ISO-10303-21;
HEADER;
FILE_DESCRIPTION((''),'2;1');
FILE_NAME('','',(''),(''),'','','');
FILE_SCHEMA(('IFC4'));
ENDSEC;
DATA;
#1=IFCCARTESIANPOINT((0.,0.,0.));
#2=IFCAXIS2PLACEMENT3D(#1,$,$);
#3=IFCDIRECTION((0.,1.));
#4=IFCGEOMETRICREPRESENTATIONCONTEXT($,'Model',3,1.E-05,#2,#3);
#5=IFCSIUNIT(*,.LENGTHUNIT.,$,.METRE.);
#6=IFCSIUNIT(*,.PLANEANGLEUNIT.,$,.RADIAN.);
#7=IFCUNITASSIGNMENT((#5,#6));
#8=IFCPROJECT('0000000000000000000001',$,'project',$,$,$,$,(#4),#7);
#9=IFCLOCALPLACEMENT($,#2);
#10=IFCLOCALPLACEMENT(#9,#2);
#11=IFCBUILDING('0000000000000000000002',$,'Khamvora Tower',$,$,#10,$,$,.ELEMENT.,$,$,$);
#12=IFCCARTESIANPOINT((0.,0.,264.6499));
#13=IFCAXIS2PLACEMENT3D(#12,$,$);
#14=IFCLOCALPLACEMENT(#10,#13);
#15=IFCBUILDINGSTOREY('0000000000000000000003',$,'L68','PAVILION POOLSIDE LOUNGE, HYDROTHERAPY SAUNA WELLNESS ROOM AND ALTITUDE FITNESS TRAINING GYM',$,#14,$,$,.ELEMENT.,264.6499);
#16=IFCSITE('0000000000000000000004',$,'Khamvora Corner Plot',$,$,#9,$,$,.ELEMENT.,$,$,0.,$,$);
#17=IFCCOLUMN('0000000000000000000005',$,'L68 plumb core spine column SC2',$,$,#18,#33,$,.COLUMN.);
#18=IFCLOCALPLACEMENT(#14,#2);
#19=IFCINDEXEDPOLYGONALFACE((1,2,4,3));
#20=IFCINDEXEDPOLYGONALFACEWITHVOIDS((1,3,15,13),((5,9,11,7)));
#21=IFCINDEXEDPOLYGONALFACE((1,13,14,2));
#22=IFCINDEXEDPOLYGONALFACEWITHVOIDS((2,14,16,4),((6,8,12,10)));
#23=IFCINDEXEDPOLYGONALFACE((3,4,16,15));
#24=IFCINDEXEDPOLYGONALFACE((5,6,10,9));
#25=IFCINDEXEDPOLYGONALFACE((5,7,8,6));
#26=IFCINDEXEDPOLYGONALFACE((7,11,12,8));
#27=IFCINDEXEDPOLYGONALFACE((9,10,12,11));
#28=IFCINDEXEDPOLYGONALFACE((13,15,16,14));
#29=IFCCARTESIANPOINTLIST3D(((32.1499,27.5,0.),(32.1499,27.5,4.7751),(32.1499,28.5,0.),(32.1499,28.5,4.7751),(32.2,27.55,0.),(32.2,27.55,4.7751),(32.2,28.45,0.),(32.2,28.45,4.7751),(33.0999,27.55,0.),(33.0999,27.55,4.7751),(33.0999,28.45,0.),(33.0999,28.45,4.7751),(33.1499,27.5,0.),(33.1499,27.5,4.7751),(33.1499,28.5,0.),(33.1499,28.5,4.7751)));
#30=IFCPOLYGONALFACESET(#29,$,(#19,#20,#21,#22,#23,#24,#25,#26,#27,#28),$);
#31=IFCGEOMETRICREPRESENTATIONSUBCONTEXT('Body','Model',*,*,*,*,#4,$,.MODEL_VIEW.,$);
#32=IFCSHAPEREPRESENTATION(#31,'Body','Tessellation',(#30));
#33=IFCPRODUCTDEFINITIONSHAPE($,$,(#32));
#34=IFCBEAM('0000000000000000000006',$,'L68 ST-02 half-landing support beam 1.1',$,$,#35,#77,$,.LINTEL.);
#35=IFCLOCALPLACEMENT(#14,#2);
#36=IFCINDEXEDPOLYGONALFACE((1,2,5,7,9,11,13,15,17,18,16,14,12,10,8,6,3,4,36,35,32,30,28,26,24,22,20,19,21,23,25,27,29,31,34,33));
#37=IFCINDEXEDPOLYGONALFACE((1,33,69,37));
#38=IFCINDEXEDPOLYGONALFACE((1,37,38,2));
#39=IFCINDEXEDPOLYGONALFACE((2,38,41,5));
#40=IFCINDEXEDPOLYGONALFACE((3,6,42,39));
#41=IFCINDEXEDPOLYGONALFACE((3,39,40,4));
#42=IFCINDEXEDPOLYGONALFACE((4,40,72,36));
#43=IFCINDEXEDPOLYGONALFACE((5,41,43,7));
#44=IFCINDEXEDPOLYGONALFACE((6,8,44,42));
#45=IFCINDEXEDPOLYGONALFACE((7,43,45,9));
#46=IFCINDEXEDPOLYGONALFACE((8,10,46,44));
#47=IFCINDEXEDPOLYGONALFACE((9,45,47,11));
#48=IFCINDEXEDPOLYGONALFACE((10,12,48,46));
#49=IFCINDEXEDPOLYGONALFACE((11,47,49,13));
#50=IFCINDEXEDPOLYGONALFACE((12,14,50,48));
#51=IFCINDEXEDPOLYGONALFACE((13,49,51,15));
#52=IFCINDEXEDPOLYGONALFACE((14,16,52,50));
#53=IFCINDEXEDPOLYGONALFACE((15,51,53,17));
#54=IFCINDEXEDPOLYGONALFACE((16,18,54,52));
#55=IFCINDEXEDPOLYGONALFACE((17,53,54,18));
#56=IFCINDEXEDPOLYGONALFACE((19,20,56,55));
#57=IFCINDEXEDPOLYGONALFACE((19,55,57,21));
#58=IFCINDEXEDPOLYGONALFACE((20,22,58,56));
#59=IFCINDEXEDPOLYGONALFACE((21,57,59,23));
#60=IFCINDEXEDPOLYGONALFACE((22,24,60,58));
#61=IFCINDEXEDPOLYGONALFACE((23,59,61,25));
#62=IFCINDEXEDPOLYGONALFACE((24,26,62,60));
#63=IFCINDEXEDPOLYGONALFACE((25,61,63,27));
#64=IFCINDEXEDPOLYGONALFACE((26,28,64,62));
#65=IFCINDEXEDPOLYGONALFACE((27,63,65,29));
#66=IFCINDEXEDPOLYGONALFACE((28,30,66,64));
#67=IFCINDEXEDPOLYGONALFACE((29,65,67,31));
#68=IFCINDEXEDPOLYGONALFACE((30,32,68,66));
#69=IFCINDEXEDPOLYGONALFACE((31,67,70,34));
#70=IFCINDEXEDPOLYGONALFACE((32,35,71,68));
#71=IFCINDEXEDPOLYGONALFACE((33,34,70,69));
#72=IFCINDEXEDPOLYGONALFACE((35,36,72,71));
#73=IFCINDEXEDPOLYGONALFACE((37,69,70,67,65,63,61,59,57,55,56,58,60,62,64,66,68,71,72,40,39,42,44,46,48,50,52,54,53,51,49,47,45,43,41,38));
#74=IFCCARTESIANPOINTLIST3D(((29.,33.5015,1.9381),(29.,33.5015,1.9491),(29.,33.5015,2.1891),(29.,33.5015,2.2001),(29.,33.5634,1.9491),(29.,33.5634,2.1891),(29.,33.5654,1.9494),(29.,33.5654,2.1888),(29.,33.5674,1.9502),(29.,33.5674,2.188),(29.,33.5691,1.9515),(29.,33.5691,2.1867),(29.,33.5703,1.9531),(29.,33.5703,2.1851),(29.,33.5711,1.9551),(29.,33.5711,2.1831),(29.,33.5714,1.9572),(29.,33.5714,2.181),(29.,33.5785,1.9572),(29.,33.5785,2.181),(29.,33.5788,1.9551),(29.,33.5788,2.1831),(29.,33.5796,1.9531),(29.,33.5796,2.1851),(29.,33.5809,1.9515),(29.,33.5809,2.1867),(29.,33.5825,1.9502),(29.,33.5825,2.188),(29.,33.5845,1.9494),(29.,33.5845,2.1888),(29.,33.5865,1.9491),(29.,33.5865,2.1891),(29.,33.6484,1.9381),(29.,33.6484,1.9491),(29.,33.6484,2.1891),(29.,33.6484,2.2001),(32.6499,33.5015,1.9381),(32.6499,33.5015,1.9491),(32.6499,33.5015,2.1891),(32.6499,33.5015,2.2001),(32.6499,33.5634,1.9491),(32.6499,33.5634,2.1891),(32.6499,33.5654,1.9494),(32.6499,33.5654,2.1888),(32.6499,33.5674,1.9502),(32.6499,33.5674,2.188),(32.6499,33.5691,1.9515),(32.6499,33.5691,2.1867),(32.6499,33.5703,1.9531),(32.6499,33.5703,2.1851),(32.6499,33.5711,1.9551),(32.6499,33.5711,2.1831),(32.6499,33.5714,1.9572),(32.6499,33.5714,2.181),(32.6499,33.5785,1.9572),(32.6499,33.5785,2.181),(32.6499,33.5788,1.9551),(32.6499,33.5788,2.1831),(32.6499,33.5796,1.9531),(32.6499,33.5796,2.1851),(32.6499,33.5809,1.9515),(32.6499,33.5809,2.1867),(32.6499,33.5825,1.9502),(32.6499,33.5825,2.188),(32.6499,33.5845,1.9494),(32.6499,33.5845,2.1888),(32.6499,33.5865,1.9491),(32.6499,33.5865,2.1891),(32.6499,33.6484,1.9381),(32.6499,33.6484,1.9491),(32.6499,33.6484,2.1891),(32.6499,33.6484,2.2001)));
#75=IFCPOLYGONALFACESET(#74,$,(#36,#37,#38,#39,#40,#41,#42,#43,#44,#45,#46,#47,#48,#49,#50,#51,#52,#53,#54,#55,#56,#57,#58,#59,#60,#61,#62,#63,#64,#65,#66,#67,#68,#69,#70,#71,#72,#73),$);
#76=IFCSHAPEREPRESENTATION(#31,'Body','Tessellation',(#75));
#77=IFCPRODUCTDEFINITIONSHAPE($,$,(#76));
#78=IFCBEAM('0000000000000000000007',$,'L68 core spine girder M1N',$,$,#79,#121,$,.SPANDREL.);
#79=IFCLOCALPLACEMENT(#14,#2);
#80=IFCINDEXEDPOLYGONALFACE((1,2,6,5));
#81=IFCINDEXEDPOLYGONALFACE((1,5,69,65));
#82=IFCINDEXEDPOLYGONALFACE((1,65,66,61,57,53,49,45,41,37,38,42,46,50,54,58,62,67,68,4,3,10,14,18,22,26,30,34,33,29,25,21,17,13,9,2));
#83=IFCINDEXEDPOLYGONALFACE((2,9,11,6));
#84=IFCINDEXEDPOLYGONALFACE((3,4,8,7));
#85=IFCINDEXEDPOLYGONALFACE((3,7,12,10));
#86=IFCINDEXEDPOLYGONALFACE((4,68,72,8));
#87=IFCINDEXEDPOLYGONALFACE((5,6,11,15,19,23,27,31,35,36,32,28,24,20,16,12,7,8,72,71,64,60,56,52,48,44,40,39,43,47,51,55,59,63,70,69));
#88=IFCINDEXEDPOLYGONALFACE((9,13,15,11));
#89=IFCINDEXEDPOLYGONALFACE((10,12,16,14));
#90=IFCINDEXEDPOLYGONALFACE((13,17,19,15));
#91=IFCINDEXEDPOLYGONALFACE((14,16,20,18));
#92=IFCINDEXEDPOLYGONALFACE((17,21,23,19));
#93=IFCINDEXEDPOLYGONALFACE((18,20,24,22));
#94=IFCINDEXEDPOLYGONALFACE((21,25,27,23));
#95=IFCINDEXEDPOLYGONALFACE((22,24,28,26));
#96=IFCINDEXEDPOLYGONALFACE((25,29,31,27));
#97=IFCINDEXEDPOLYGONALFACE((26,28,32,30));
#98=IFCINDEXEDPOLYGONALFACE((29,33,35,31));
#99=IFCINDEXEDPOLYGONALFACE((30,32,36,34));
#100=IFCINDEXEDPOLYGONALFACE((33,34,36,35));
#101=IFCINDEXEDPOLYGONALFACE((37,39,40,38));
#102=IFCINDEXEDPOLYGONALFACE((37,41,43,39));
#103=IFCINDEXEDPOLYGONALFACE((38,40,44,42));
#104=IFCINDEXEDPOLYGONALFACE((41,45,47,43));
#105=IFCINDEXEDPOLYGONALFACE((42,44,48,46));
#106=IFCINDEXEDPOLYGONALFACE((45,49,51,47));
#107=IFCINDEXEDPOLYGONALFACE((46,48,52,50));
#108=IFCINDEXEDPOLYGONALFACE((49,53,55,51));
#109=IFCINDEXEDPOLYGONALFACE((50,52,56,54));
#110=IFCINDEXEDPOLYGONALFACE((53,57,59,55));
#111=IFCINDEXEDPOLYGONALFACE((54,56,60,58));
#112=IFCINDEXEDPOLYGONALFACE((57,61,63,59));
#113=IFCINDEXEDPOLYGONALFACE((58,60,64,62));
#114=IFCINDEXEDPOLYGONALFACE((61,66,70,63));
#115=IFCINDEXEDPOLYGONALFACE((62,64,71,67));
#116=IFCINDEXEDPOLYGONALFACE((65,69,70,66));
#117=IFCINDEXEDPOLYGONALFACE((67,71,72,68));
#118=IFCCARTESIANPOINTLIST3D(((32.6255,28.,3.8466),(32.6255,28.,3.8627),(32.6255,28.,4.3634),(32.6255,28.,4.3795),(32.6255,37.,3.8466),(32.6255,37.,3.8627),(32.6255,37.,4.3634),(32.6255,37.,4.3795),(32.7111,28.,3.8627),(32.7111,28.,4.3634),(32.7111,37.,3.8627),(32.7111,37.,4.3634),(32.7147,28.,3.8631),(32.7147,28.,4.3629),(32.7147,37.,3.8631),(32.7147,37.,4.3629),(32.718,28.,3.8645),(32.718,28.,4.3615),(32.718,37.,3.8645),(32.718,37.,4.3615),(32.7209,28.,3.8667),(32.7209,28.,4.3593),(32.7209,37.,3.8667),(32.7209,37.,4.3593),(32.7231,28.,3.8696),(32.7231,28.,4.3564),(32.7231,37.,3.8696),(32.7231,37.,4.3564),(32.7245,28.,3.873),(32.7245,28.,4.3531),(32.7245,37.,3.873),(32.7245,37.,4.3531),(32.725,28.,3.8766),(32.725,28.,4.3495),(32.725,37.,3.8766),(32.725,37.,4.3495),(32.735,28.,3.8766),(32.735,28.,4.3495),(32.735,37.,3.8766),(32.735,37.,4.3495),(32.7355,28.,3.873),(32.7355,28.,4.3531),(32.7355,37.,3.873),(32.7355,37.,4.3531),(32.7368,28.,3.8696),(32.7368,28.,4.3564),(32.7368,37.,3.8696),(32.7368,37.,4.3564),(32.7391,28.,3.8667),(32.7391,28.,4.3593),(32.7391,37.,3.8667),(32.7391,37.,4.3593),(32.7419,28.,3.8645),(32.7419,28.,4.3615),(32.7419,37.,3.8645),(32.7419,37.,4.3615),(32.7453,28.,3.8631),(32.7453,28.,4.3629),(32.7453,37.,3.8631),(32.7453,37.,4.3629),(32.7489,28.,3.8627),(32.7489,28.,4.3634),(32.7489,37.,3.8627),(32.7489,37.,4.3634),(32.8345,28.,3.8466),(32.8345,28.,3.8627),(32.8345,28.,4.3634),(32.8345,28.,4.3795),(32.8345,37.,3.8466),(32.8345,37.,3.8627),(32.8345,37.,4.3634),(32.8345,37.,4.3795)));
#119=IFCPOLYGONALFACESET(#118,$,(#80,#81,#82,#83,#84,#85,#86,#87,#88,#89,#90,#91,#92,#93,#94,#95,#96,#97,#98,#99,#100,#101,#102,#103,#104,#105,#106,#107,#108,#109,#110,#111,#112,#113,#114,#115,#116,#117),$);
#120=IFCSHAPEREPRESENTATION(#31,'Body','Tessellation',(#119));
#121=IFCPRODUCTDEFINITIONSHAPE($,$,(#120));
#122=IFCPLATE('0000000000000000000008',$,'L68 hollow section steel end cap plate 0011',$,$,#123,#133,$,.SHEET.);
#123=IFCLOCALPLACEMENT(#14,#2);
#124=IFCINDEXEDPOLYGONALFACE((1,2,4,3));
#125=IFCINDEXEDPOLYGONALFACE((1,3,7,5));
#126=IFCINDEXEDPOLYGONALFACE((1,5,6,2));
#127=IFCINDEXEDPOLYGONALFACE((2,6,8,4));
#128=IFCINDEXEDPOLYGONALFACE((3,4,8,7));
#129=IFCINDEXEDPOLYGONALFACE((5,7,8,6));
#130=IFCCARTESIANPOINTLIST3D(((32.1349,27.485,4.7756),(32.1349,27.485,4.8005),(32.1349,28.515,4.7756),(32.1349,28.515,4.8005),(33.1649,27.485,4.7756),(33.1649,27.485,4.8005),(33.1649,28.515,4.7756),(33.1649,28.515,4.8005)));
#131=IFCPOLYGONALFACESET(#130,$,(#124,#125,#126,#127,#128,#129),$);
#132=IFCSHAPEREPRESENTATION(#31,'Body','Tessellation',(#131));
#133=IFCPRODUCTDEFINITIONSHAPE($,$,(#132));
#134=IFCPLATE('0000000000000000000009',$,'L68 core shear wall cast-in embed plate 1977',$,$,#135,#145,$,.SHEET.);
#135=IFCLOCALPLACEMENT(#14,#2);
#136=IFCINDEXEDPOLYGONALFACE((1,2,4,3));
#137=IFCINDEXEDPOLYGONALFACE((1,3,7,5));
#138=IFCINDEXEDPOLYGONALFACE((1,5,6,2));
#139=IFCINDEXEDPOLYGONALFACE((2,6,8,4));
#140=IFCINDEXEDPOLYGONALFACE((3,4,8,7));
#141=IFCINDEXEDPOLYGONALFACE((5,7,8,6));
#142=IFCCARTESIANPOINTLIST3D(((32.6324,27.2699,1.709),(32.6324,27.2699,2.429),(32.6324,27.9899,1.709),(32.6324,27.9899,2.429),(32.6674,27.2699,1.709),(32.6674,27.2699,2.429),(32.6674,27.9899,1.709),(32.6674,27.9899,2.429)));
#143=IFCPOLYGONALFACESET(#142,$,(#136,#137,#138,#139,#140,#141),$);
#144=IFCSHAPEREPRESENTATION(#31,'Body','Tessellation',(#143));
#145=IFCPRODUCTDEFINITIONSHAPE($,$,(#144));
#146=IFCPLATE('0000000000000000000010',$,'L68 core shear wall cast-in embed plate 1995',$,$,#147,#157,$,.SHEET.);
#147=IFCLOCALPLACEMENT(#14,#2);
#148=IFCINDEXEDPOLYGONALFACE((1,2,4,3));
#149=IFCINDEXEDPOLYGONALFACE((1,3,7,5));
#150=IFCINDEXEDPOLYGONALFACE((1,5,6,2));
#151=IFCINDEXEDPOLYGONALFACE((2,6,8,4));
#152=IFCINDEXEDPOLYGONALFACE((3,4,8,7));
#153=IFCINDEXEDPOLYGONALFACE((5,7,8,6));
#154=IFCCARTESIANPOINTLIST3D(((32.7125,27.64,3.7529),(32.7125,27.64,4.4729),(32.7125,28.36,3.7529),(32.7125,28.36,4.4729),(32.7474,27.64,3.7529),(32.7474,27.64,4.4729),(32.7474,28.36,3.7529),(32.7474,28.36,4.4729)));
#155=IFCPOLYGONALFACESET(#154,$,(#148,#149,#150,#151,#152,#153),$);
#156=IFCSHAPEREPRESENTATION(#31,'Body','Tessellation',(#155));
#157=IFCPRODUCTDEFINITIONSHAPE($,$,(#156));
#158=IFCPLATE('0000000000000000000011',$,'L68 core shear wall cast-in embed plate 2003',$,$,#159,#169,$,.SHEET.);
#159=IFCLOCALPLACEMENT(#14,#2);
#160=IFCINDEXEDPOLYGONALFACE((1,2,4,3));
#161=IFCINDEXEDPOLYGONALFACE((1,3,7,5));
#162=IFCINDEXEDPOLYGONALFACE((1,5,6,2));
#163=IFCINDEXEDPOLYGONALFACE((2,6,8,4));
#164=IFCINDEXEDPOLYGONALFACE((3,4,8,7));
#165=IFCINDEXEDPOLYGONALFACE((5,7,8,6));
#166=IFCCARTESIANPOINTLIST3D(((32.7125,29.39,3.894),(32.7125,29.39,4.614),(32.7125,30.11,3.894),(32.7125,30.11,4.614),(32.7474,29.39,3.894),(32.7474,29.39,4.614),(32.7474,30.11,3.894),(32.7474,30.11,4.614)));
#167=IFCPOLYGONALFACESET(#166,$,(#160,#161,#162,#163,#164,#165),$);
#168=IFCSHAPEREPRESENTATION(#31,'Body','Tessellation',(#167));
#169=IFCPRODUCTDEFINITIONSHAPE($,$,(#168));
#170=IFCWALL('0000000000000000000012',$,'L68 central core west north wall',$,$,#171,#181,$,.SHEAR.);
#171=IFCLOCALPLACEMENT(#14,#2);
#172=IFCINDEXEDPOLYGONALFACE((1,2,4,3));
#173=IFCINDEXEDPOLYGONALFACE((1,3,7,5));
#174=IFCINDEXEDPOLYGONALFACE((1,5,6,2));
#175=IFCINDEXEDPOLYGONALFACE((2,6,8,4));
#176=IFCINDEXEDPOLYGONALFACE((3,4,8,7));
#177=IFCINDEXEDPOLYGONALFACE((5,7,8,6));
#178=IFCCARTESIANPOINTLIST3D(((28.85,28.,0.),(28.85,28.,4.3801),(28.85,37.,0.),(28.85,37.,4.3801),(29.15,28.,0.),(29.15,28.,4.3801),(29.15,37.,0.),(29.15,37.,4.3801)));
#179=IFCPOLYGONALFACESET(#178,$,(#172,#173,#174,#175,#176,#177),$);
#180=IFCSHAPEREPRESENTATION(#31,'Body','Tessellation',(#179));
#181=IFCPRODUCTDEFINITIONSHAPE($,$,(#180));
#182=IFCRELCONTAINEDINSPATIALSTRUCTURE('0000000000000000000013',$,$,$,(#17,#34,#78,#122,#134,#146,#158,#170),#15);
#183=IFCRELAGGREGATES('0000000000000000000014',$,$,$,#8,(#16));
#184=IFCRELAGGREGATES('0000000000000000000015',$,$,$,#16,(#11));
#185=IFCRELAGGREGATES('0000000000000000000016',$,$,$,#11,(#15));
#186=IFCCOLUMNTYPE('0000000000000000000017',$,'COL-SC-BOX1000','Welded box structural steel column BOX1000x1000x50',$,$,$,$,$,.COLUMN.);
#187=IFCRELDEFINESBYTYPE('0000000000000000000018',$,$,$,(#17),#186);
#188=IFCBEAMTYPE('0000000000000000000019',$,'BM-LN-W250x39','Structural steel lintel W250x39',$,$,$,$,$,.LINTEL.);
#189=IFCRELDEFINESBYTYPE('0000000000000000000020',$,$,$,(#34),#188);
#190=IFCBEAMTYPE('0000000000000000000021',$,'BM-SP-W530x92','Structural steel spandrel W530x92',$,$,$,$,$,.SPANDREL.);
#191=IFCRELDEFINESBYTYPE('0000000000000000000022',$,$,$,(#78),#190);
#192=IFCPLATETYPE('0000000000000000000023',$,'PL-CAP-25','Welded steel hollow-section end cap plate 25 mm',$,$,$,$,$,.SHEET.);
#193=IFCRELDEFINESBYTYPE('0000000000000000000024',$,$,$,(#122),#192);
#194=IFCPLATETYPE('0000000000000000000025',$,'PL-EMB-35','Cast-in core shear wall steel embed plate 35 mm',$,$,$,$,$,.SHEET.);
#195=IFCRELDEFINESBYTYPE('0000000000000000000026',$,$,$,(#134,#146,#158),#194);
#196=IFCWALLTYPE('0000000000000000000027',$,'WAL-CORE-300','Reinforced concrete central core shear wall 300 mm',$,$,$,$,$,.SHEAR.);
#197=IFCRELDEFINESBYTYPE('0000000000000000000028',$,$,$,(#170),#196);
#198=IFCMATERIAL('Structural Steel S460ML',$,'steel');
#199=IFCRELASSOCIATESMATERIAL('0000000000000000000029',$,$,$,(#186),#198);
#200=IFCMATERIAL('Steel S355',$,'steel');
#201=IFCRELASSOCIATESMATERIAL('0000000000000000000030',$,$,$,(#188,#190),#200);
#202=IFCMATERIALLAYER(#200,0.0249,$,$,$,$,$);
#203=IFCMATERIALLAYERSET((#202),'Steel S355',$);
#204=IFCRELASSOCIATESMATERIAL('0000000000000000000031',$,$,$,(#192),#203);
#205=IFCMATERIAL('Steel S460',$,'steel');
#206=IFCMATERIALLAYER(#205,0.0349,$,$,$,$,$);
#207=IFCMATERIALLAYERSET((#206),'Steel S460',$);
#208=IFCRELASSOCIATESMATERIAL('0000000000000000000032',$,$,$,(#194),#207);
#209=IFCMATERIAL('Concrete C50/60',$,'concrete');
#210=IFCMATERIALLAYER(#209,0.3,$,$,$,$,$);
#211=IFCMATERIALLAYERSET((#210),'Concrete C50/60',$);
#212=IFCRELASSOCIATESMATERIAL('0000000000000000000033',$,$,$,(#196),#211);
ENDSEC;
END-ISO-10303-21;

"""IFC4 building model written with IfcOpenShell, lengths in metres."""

from ifc_helpers import new_model, si_unit, direction, frame, frame_2d, origin, origin_2d, place, context, subcontext, project, spatial, rectangle, hollow_rectangle, i_section, extrude, material, layer, layer_set, material_profile, profile_set, type_object, element, save


model = new_model("IFC4")

# Units and contexts
model_context = context("Model", 3, precision=1e-05, world=origin(), true_north=direction((0.0, 1.0)))
body_context = subcontext(model_context, "Body", "Model", "MODEL_VIEW")
ifc_project = project(units=[si_unit("LENGTHUNIT", "METRE"), si_unit("PLANEANGLEUNIT", "RADIAN")], contexts=[model_context])

# Site, building, storey
site_placement = place(None, origin())
site = spatial("IfcSite", under=ifc_project, at=site_placement, Name="Khamvora Corner Plot", CompositionType="ELEMENT", RefElevation=0.0)
building_placement = place(site_placement, origin())
building = spatial("IfcBuilding", under=site, at=building_placement, Name="Khamvora Tower", CompositionType="ELEMENT")
storey_placement = place(building_placement, frame((0.0, 0.0, 264.6499)))
storey = spatial("IfcBuildingStorey", under=building, at=storey_placement, Name="L68", Description="PAVILION POOLSIDE LOUNGE, HYDROTHERAPY SAUNA WELLNESS ROOM AND ALTITUDE FITNESS TRAINING GYM", CompositionType="ELEMENT", Elevation=264.6499)

# Column
ifc_material_1 = material(Name="Structural Steel S460ML", Category="steel")
ifc_material_profile_1 = material_profile(ifc_material_1, hollow_rectangle(XDim=1.0, YDim=1.0, WallThickness=0.05, at=origin_2d()), Name="BOX1000x1000x50")
ifc_profile_set_1 = profile_set([ifc_material_profile_1], Name="Structural Steel S460ML")
column_type = type_object("IfcColumnType", Name="COL-SC-BOX1000", Description="Welded box structural steel column BOX1000x1000x50", PredefinedType="COLUMN", material=ifc_profile_set_1)
column_placement = place(storey_placement, frame((32.6499, 28.0, 0.0), z_axis=(0.0, 0.0, 1.0), x_axis=(1.0, 0.0, 0.0)))
element("IfcColumn", 1, at=column_placement, inside=storey, type_object=column_type, Name="L68 plumb core spine column SC2", PredefinedType="COLUMN", context=body_context, shape_type="SweptSolid", body=[
    extrude(hollow_rectangle(XDim=1.0, YDim=1.0, WallThickness=0.05, at=origin_2d()), origin(), (0.0, 0.0, 1.0), 4.7751),
])

# Beams
ifc_material_2 = material(Name="Steel S355", Category="steel")
ifc_material_profile_2 = material_profile(ifc_material_2, i_section(OverallWidth=0.147, OverallDepth=0.262, WebThickness=0.0071, FlangeThickness=0.011, FilletRadius=0.0081, at=origin_2d()), Name="W250x39")
ifc_profile_set_2 = profile_set([ifc_material_profile_2], Name="Steel S355")
beam_type_1 = type_object("IfcBeamType", Name="BM-LN-W250x39", Description="Structural steel lintel W250x39", PredefinedType="LINTEL", material=ifc_profile_set_2)
beam_1_placement = place(storey_placement, frame((29.0, 33.575, 2.0691), z_axis=(1.0, 0.0, 0.0), x_axis=(0.0, 1.0, 0.0)))
element("IfcBeam", 2, at=beam_1_placement, inside=storey, type_object=beam_type_1, Name="L68 ST-02 half-landing support beam 1.1", PredefinedType="LINTEL", context=body_context, shape_type="SweptSolid", body=[
    extrude(i_section(OverallWidth=0.147, OverallDepth=0.262, WebThickness=0.0071, FlangeThickness=0.011, FilletRadius=0.0081, at=origin_2d()), origin(), (0.0, 0.0, 1.0), 3.6499),
])
ifc_material_profile_3 = material_profile(ifc_material_2, i_section(OverallWidth=0.209, OverallDepth=0.533, WebThickness=0.01, FlangeThickness=0.0161, FilletRadius=0.0139, at=origin_2d()), Name="W530x92")
ifc_profile_set_3 = profile_set([ifc_material_profile_3], Name="Steel S355")
beam_type_2 = type_object("IfcBeamType", Name="BM-SP-W530x92", Description="Structural steel spandrel W530x92", PredefinedType="SPANDREL", material=ifc_profile_set_3)
beam_2_placement = place(storey_placement, frame((32.73, 28.0, 4.113), z_axis=(0.0, 1.0, 0.0), x_axis=(-1.0, 0.0, 0.0)))
element("IfcBeam", 3, at=beam_2_placement, inside=storey, type_object=beam_type_2, Name="L68 core spine girder M1N", PredefinedType="SPANDREL", context=body_context, shape_type="SweptSolid", body=[
    extrude(i_section(OverallWidth=0.209, OverallDepth=0.533, WebThickness=0.01, FlangeThickness=0.0161, FilletRadius=0.0139, at=origin_2d()), origin(), (0.0, 0.0, 1.0), 9.0),
])

# Plates
ifc_layer_1 = layer(ifc_material_2, 0.0249)
ifc_layer_set_1 = layer_set([ifc_layer_1], Name="Steel S355")
plate_type_1 = type_object("IfcPlateType", Name="PL-CAP-25", Description="Welded steel hollow-section end cap plate 25 mm", PredefinedType="SHEET", material=ifc_layer_set_1)
plate_placement = place(storey_placement, frame((32.6499, 28.0, 4.7756), z_axis=(0.0, 0.0, 1.0), x_axis=(1.0, 0.0, 0.0)))
element("IfcPlate", 4, at=plate_placement, inside=storey, type_object=plate_type_1, Name="L68 hollow section steel end cap plate 0011", PredefinedType="SHEET", context=body_context, shape_type="SweptSolid", body=[
    extrude(rectangle(XDim=1.03, YDim=1.03, at=origin_2d()), origin(), (0.0, 0.0, 1.0), 0.0249),
])
ifc_material_3 = material(Name="Steel S460", Category="steel")
ifc_layer_2 = layer(ifc_material_3, 0.0349)
ifc_layer_set_2 = layer_set([ifc_layer_2], Name="Steel S460")
plate_type_2 = type_object("IfcPlateType", Name="PL-EMB-35", Description="Cast-in core shear wall steel embed plate 35 mm", PredefinedType="SHEET", material=ifc_layer_set_2)
for number, where, z_axis, x_axis, name in (
    (5, (32.6499, 27.6299, 1.709), (0.0, 0.0, 1.0), (1.0, 0.0, 0.0), "L68 core shear wall cast-in embed plate 1977"),
    (6, (32.73, 28.0, 3.7529), (0.0, 0.0, 1.0), (1.0, 0.0, 0.0), "L68 core shear wall cast-in embed plate 1995"),
    (7, (32.73, 29.75, 3.894), (0.0, 0.0, 1.0), (1.0, 0.0, 0.0), "L68 core shear wall cast-in embed plate 2003"),
):
    element("IfcPlate", number, at=place(storey_placement, frame(where, z_axis=z_axis, x_axis=x_axis)), inside=storey, type_object=plate_type_2, Name=name, PredefinedType="SHEET", context=body_context, shape_type="SweptSolid", body=[
        extrude(rectangle(XDim=0.0349, YDim=0.72, at=origin_2d()), origin(), (0.0, 0.0, 1.0), 0.72),
    ])

# Wall
ifc_material_4 = material(Name="Concrete C50/60", Category="concrete")
ifc_layer_3 = layer(ifc_material_4, 0.3)
ifc_layer_set_3 = layer_set([ifc_layer_3], Name="Concrete C50/60")
wall_type = type_object("IfcWallType", Name="WAL-CORE-300", Description="Reinforced concrete central core shear wall 300 mm", PredefinedType="SHEAR", material=ifc_layer_set_3)
wall_1_placement = place(storey_placement, frame((29.0, 28.0, 0.0), z_axis=(0.0, 0.0, 1.0), x_axis=(0.0, 1.0, 0.0)))
element("IfcWall", 8, at=wall_1_placement, inside=storey, type_object=wall_type, Name="L68 central core west north wall", PredefinedType="SHEAR", context=body_context, shape_type="SweptSolid", body=[
    extrude(rectangle(XDim=9.0, YDim=0.3, at=frame_2d((4.5, 0.0))), origin(), (0.0, 0.0, 1.0), 4.3801),
])

save(model, "model.ifc")
